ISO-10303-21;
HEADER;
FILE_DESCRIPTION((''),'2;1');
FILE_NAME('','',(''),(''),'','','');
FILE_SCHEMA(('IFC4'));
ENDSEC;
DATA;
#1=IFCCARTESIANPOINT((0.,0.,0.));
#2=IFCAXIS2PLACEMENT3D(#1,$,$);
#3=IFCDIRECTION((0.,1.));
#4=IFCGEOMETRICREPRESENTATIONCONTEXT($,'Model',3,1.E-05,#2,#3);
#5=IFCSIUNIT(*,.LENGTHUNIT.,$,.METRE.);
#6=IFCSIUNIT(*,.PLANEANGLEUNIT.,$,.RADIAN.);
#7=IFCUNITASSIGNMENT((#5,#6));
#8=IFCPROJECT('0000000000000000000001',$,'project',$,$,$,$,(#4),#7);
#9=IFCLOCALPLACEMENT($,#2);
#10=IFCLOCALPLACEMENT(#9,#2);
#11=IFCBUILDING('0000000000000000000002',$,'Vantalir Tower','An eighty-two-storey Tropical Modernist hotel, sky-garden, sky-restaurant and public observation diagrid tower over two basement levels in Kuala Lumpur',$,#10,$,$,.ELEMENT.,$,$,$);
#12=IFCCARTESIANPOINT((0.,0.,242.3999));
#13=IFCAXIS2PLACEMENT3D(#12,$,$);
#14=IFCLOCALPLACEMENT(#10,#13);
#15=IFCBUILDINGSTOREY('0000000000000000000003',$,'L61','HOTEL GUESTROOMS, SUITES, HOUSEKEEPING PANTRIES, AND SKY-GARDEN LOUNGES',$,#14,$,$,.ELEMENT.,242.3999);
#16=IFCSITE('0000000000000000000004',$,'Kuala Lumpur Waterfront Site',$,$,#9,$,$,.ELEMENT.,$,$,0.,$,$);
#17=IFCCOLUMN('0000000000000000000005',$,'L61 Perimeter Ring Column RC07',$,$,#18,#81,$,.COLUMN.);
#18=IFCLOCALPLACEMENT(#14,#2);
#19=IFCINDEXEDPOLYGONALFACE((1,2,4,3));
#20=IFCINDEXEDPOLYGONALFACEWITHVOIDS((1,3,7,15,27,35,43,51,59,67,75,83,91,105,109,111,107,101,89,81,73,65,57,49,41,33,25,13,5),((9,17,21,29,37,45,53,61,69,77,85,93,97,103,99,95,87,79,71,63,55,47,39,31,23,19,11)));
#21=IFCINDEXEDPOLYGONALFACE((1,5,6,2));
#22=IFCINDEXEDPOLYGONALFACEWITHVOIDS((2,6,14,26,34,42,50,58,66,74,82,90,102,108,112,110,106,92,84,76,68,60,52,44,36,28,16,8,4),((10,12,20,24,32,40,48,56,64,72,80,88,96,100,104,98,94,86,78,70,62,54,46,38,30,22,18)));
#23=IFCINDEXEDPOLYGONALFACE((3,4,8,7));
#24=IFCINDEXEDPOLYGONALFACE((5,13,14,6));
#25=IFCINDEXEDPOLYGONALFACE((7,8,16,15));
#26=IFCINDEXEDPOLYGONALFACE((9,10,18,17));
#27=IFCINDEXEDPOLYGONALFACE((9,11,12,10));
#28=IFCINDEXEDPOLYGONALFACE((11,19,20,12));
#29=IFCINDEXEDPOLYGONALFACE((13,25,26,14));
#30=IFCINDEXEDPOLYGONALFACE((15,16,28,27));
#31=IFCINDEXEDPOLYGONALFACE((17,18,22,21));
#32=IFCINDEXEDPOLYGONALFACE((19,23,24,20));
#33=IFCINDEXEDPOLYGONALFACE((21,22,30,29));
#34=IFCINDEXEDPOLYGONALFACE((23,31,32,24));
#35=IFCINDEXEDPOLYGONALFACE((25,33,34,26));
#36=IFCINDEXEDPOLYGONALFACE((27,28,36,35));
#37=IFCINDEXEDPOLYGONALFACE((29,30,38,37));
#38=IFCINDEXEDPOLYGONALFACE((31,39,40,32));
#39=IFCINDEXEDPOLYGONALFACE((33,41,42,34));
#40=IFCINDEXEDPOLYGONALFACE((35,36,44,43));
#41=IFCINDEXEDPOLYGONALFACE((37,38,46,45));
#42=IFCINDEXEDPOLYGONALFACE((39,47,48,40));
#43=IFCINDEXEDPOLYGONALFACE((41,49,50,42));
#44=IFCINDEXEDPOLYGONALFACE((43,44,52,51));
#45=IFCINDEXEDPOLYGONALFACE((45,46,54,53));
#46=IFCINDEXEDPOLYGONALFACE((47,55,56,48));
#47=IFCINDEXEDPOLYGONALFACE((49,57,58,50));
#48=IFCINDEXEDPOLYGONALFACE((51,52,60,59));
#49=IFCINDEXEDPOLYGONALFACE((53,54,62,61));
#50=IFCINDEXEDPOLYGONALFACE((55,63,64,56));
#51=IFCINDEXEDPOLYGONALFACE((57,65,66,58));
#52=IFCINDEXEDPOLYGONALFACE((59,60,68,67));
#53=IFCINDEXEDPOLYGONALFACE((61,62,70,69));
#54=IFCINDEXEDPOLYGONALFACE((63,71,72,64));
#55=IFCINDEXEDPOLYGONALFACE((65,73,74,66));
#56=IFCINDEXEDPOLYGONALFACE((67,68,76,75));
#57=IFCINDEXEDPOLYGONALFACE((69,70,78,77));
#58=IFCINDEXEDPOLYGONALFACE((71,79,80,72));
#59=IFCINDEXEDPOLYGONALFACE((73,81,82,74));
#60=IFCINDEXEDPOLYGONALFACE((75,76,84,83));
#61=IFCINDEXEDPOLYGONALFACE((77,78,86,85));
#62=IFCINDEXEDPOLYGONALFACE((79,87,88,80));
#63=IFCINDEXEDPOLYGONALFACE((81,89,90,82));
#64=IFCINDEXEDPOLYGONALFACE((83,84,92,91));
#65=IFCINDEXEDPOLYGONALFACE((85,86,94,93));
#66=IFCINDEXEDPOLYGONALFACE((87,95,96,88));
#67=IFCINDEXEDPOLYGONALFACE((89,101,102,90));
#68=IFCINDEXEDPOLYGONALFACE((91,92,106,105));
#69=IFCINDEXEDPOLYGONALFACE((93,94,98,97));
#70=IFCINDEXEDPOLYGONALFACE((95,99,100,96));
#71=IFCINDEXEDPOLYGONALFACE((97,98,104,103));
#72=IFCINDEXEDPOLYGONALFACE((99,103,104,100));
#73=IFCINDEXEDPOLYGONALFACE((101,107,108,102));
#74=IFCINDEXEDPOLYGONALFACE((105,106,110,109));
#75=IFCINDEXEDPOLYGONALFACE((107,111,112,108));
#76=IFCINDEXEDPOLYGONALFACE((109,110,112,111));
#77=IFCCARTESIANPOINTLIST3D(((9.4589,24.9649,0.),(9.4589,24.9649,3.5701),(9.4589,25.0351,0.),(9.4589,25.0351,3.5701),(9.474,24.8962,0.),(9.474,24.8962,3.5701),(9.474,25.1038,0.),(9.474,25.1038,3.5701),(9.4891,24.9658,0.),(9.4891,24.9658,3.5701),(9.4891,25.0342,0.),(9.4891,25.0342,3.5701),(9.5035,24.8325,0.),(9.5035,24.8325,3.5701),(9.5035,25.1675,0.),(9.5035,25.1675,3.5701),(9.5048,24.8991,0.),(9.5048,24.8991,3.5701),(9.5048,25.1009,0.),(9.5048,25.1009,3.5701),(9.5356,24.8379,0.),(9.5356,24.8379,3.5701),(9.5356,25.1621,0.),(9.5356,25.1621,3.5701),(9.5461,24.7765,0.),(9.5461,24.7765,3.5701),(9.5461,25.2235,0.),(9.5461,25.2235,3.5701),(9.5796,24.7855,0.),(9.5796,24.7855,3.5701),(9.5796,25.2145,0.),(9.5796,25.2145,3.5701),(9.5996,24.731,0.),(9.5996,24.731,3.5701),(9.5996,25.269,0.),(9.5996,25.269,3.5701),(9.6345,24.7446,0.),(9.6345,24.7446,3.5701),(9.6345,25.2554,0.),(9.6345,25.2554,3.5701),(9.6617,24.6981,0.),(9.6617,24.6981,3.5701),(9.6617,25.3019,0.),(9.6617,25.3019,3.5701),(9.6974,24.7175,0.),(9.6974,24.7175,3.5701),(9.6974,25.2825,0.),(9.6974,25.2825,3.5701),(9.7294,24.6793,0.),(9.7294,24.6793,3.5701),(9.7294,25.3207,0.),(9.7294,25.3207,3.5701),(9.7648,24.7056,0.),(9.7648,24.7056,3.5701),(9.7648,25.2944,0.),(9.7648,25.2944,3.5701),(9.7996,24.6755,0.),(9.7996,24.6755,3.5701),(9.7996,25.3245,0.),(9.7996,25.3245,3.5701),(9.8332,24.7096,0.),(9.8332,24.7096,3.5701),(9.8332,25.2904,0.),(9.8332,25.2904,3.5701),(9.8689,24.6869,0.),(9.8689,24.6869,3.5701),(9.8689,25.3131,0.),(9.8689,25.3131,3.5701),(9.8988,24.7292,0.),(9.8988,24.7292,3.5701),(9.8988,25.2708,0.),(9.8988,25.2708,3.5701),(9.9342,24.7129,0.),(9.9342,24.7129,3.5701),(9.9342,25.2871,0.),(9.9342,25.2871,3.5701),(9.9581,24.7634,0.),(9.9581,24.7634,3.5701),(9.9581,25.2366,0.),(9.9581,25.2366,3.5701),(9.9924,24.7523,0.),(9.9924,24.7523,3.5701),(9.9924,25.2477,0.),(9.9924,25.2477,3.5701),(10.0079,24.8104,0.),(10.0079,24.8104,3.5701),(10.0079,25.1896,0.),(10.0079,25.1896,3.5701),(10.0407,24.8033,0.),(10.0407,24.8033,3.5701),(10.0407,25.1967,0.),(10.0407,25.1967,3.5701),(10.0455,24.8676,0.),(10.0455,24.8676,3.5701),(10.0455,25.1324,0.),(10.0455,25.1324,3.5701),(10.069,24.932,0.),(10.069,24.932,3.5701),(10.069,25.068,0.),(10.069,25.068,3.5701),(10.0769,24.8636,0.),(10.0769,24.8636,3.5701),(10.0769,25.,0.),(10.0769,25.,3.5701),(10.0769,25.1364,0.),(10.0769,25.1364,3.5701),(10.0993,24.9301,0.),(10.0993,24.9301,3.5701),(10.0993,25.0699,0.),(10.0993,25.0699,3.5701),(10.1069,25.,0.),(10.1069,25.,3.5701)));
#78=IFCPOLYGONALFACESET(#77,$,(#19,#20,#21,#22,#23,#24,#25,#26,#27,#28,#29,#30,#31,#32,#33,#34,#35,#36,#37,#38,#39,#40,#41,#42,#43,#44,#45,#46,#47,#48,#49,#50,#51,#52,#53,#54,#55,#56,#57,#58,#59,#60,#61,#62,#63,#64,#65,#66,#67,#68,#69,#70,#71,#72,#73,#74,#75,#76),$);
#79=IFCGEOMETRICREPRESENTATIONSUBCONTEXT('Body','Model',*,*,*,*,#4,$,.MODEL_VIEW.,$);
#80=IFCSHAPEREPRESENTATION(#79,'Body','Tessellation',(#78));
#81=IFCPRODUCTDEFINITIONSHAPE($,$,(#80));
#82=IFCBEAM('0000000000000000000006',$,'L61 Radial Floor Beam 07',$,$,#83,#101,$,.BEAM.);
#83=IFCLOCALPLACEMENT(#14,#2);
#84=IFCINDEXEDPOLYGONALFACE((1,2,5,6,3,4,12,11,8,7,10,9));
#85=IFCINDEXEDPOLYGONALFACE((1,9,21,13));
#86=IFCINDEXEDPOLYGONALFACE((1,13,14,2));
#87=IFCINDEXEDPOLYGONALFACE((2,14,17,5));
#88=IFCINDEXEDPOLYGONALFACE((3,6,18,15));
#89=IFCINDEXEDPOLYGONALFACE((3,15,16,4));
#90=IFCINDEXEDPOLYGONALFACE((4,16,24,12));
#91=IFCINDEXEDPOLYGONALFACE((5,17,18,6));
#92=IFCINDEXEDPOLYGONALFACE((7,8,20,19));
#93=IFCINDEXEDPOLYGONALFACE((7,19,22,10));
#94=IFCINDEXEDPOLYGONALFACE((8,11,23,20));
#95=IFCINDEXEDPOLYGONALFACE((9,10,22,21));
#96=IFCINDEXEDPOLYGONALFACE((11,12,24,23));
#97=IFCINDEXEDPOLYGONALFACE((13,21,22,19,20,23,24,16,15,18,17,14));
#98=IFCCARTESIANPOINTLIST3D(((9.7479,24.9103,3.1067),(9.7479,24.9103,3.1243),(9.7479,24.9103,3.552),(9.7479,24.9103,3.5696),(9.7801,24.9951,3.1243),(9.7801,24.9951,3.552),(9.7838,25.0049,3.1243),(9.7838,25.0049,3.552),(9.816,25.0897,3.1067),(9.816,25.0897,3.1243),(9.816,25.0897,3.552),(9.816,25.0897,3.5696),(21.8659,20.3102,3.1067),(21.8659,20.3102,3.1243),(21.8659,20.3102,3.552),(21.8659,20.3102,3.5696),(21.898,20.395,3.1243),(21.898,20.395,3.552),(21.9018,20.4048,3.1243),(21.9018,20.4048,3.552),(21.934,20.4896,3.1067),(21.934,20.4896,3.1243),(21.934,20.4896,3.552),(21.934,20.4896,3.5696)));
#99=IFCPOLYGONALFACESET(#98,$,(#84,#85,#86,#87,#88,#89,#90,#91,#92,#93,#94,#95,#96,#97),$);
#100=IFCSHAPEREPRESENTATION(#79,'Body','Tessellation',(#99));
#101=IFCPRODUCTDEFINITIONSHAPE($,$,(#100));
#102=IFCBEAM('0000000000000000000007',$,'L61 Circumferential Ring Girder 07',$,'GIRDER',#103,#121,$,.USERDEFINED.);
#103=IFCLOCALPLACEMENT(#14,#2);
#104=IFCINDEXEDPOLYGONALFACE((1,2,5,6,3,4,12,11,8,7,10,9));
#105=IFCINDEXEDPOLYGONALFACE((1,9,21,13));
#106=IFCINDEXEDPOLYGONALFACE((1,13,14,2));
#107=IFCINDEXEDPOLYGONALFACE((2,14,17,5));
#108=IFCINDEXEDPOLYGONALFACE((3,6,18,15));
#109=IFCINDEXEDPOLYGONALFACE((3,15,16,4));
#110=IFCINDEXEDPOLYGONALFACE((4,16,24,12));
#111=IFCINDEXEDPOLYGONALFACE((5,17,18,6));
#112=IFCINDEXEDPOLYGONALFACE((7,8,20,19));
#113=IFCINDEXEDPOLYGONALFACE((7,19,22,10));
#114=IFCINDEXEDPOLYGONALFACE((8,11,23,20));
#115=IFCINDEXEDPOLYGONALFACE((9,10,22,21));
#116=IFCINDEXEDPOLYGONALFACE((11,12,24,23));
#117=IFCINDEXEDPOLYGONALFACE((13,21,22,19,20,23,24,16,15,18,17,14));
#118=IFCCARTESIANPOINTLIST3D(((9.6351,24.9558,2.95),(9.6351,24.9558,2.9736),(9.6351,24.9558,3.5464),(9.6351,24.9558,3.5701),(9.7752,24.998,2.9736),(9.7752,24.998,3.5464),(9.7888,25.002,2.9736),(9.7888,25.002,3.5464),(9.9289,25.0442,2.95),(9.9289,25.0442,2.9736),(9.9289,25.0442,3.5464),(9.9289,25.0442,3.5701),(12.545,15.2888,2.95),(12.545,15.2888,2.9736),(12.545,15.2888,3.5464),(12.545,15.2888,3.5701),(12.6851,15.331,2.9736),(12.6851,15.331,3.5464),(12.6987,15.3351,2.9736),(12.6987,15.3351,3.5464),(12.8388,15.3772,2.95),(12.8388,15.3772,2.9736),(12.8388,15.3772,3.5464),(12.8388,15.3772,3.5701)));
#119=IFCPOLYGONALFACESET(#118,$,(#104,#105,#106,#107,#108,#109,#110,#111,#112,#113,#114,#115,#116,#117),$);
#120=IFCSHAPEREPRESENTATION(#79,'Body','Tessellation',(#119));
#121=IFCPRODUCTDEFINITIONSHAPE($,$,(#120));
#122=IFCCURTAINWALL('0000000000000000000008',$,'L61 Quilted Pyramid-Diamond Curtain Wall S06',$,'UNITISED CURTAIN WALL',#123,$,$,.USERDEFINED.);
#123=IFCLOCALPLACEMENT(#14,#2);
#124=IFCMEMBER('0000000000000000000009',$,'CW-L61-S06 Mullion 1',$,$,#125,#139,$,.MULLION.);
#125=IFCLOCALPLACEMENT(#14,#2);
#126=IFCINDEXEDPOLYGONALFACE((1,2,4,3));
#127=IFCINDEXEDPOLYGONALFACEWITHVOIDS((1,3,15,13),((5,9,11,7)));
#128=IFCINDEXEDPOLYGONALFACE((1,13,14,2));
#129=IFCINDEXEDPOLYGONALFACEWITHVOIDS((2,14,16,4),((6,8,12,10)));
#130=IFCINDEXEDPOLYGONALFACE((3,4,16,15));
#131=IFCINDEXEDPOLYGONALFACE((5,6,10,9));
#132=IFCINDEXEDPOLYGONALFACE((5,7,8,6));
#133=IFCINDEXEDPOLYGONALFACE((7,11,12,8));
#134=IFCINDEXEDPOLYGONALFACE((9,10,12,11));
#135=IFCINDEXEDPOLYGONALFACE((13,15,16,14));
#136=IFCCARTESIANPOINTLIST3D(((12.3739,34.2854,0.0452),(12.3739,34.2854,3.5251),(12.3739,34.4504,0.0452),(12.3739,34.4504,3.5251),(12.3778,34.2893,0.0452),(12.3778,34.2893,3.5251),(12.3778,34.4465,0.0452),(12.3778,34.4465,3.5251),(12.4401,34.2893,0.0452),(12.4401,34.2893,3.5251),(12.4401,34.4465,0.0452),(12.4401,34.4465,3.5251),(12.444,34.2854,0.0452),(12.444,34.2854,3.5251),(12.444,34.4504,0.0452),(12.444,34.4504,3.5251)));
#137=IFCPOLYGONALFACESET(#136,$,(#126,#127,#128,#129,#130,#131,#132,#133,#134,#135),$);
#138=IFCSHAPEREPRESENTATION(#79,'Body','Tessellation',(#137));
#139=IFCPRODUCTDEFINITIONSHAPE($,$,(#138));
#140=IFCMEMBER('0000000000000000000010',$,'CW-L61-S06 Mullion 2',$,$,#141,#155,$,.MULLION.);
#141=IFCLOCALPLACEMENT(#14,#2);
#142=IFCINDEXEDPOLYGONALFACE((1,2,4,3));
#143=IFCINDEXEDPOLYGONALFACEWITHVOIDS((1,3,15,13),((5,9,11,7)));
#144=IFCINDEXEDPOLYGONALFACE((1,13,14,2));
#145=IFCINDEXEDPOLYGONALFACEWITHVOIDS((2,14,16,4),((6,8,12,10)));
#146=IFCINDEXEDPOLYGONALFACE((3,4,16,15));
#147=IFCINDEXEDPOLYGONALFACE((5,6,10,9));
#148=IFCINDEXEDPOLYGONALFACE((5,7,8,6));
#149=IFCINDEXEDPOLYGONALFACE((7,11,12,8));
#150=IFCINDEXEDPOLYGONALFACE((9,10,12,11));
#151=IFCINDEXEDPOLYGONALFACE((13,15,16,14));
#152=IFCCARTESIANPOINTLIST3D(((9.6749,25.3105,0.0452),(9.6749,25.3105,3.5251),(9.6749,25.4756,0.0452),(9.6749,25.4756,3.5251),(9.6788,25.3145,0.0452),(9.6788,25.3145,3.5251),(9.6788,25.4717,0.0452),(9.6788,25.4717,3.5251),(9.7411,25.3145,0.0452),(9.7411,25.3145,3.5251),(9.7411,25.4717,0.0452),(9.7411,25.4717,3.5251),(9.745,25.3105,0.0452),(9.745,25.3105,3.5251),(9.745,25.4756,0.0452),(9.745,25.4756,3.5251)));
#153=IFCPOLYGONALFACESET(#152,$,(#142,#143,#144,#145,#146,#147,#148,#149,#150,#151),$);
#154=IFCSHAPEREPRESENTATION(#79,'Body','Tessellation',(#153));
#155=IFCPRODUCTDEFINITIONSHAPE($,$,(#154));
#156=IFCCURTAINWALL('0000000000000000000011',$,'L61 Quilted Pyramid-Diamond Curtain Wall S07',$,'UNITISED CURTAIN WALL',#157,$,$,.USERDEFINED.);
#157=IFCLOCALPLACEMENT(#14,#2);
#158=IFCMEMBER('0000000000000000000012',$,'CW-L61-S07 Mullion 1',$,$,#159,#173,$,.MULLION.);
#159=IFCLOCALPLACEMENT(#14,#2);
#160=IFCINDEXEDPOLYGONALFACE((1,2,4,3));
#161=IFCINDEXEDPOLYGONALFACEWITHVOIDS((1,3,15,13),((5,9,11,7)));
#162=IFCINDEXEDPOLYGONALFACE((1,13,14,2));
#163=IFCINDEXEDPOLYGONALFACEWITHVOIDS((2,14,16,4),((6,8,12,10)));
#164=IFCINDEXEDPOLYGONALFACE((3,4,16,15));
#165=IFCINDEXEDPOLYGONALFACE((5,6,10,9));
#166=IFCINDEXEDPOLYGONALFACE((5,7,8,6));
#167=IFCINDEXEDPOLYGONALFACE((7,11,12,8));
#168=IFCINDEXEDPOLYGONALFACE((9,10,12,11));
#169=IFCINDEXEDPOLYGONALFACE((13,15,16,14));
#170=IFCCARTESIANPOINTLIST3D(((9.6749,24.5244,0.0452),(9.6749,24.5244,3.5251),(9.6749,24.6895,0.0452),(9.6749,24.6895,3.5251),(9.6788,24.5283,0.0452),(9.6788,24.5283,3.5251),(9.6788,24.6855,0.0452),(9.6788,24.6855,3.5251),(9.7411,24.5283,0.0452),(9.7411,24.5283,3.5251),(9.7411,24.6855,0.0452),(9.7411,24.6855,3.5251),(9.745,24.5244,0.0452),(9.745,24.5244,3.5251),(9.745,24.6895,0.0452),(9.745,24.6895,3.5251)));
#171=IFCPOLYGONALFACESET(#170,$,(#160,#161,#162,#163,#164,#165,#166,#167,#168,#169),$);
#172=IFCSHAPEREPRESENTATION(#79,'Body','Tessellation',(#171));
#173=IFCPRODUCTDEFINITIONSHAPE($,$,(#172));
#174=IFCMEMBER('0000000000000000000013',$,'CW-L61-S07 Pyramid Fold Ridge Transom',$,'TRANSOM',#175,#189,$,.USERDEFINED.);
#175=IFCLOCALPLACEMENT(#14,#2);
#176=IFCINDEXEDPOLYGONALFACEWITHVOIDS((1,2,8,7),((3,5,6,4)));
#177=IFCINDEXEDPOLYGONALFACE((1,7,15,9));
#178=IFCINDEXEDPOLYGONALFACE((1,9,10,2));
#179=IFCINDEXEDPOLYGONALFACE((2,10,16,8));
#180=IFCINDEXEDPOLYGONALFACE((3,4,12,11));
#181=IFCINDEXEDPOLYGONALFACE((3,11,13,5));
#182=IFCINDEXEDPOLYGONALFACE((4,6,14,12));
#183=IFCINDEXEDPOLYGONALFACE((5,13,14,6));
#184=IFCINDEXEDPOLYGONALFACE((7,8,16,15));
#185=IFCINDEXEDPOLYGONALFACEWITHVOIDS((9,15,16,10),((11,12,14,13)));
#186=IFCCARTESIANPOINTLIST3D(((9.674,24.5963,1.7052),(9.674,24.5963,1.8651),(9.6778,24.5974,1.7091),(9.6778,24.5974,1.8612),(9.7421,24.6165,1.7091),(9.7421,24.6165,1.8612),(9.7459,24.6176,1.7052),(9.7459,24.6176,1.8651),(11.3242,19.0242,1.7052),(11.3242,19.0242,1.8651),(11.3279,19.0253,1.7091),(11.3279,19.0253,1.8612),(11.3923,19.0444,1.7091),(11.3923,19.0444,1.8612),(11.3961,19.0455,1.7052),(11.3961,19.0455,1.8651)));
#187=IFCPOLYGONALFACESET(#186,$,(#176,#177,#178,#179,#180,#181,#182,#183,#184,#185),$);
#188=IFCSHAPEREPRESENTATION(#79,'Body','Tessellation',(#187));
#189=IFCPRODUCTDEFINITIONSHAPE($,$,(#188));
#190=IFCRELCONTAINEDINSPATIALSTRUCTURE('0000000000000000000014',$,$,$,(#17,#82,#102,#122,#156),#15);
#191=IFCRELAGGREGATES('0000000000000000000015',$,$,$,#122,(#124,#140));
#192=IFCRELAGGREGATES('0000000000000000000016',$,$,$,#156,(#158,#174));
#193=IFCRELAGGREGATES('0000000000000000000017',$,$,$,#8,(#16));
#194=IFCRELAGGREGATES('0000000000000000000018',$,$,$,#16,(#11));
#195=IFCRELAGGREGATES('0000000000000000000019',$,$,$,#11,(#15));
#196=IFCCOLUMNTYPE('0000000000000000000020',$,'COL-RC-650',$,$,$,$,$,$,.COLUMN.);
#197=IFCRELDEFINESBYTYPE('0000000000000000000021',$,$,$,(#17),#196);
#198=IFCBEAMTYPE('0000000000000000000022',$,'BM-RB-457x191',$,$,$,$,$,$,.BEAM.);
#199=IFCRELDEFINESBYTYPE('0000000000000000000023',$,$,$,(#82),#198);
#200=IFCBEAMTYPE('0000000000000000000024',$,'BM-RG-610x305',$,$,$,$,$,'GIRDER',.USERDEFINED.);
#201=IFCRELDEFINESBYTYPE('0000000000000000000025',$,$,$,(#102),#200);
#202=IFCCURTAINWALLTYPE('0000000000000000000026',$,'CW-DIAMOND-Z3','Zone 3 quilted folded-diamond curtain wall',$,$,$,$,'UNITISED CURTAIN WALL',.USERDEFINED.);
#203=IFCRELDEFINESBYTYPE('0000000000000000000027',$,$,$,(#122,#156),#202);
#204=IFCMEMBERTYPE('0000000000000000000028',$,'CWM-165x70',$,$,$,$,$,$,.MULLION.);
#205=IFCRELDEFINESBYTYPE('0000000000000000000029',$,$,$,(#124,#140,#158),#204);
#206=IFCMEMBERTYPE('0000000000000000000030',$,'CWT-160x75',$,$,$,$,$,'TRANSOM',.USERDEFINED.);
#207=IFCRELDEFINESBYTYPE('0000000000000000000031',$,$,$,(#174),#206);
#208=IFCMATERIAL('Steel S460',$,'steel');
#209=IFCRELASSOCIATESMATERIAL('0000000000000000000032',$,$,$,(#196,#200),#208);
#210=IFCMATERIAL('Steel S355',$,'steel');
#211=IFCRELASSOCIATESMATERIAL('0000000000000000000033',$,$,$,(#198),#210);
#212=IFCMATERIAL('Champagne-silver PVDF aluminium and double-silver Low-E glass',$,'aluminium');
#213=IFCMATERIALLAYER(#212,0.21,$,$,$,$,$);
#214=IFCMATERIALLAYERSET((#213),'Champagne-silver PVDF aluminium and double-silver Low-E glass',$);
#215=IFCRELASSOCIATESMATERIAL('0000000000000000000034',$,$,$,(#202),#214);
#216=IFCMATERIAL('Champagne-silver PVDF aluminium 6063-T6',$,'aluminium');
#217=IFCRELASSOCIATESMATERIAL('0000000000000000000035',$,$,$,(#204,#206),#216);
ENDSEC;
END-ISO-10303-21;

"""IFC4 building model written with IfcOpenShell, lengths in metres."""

from ifc_helpers import new_model, si_unit, direction, frame, origin, origin_2d, place, context, subcontext, project, spatial, hollow_rectangle, hollow_circle, i_section, extrude, material, layer, layer_set, material_profile, profile_set, type_object, element, aggregate, save


model = new_model("IFC4")

# Units and contexts
model_context = context("Model", 3, precision=1e-05, world=origin(), true_north=direction((0.0, 1.0)))
body_context = subcontext(model_context, "Body", "Model", "MODEL_VIEW")
ifc_project = project(units=[si_unit("LENGTHUNIT", "METRE"), si_unit("PLANEANGLEUNIT", "RADIAN")], contexts=[model_context])

# Site, building, storey
site_placement = place(None, origin())
site = spatial("IfcSite", under=ifc_project, at=site_placement, Name="Kuala Lumpur Waterfront Site", CompositionType="ELEMENT", RefElevation=0.0)
building_placement = place(site_placement, origin())
building = spatial("IfcBuilding", under=site, at=building_placement, Name="Vantalir Tower", Description="An eighty-two-storey Tropical Modernist hotel, sky-garden, sky-restaurant and public observation diagrid tower over two basement levels in Kuala Lumpur", CompositionType="ELEMENT")
storey_placement = place(building_placement, frame((0.0, 0.0, 242.3999)))
storey = spatial("IfcBuildingStorey", under=building, at=storey_placement, Name="L61", Description="HOTEL GUESTROOMS, SUITES, HOUSEKEEPING PANTRIES, AND SKY-GARDEN LOUNGES", CompositionType="ELEMENT", Elevation=242.3999)

# Column
ifc_material_1 = material(Name="Steel S460", Category="steel")
ifc_material_profile_1 = material_profile(ifc_material_1, hollow_circle(Radius=0.325, WallThickness=0.03, at=origin_2d()), Name="Steel S460")
ifc_profile_set_1 = profile_set([ifc_material_profile_1], Name="Steel S460")
column_type = type_object("IfcColumnType", Name="COL-RC-650", PredefinedType="COLUMN", material=ifc_profile_set_1)
column_placement = place(storey_placement, frame((9.782, 25.0, 0.0), z_axis=(0.0, 0.0, 1.0), x_axis=(1.0, 0.0, 0.0)))
element("IfcColumn", 1, at=column_placement, inside=storey, type_object=column_type, Name="L61 Perimeter Ring Column RC07", PredefinedType="COLUMN", context=body_context, shape_type="SweptSolid", body=[
    extrude(hollow_circle(Radius=0.325, WallThickness=0.03, at=origin_2d()), origin(), (0.0, 0.0, 1.0), 3.5701),
])

# Beams
ifc_material_2 = material(Name="Steel S355", Category="steel")
ifc_material_profile_2 = material_profile(ifc_material_2, i_section(OverallWidth=0.1919, OverallDepth=0.4629, WebThickness=0.0105, FlangeThickness=0.0176, at=origin_2d()), Name="Steel S355")
ifc_profile_set_2 = profile_set([ifc_material_profile_2], Name="Steel S355")
beam_type_1 = type_object("IfcBeamType", Name="BM-RB-457x191", PredefinedType="BEAM", material=ifc_profile_set_2)
beam_1_placement = place(storey_placement, frame((9.782, 25.0, 3.3381), z_axis=(0.934904, -0.3549, 0.0), x_axis=(0.3549, 0.934904, 0.0)))
element("IfcBeam", 2, at=beam_1_placement, inside=storey, type_object=beam_type_1, Name="L61 Radial Floor Beam 07", PredefinedType="BEAM", context=body_context, shape_type="SweptSolid", body=[
    extrude(i_section(OverallWidth=0.1919, OverallDepth=0.4629, WebThickness=0.0105, FlangeThickness=0.0176, at=origin_2d()), origin(), (0.0, 0.0, 1.0), 12.9617),
])
ifc_material_profile_3 = material_profile(ifc_material_1, i_section(OverallWidth=0.3069, OverallDepth=0.6201, WebThickness=0.0142, FlangeThickness=0.0237, at=origin_2d()), Name="Steel S460")
ifc_profile_set_3 = profile_set([ifc_material_profile_3], Name="Steel S460")
beam_type_2 = type_object("IfcBeamType", Name="BM-RG-610x305", ElementType="GIRDER", PredefinedType="USERDEFINED", material=ifc_profile_set_3)
beam_2_placement = place(storey_placement, frame((9.782, 25.0, 3.26), z_axis=(0.28824, -0.957558, 0.0), x_axis=(0.957558, 0.28824, 0.0)))
element("IfcBeam", 3, at=beam_2_placement, inside=storey, type_object=beam_type_2, Name="L61 Circumferential Ring Girder 07", ObjectType="GIRDER", PredefinedType="USERDEFINED", context=body_context, shape_type="SweptSolid", body=[
    extrude(i_section(OverallWidth=0.3069, OverallDepth=0.6201, WebThickness=0.0142, FlangeThickness=0.0237, at=origin_2d()), origin(), (0.0, 0.0, 1.0), 10.0955),
])

# Curtain walls, members
ifc_material_3 = material(Name="Champagne-silver PVDF aluminium and double-silver Low-E glass", Category="aluminium")
ifc_layer_1 = layer(ifc_material_3, 0.21)
ifc_layer_set_1 = layer_set([ifc_layer_1], Name="Champagne-silver PVDF aluminium and double-silver Low-E glass")
curtain_wall_type = type_object("IfcCurtainWallType", Name="CW-DIAMOND-Z3", Description="Zone 3 quilted folded-diamond curtain wall", ElementType="UNITISED CURTAIN WALL", PredefinedType="USERDEFINED", material=ifc_layer_set_1)
curtain_wall_1_placement = place(storey_placement, origin())
curtain_wall_1 = element("IfcCurtainWall", 4, at=curtain_wall_1_placement, inside=storey, type_object=curtain_wall_type, Name="L61 Quilted Pyramid-Diamond Curtain Wall S06", ObjectType="UNITISED CURTAIN WALL", PredefinedType="USERDEFINED")
ifc_material_4 = material(Name="Champagne-silver PVDF aluminium 6063-T6", Category="aluminium")
ifc_material_profile_4 = material_profile(ifc_material_4, hollow_rectangle(XDim=0.0701, YDim=0.165, WallThickness=0.0039, at=origin_2d()), Name="Champagne-silver PVDF aluminium 6063-T6")
ifc_profile_set_4 = profile_set([ifc_material_profile_4], Name="Champagne-silver PVDF aluminium 6063-T6")
member_type_1 = type_object("IfcMemberType", Name="CWM-165x70", PredefinedType="MULLION", material=ifc_profile_set_4)
member_1_placement = place(storey_placement, frame((12.4089, 34.3679, 0.0452), z_axis=(0.0, 0.0, 1.0), x_axis=(1.0, 0.0, 0.0)))
member_1 = element("IfcMember", 5, at=member_1_placement, type_object=member_type_1, Name="CW-L61-S06 Mullion 1", PredefinedType="MULLION", context=body_context, shape_type="SweptSolid", body=[
    extrude(hollow_rectangle(XDim=0.0701, YDim=0.165, WallThickness=0.0039, at=origin_2d()), origin(), (0.0, 0.0, 1.0), 3.48),
])
member_2_placement = place(storey_placement, frame((9.71, 25.3931, 0.0452), z_axis=(0.0, 0.0, 1.0), x_axis=(1.0, 0.0, 0.0)))
member_2 = element("IfcMember", 6, at=member_2_placement, type_object=member_type_1, Name="CW-L61-S06 Mullion 2", PredefinedType="MULLION", context=body_context, shape_type="SweptSolid", body=[
    extrude(hollow_rectangle(XDim=0.0701, YDim=0.165, WallThickness=0.0039, at=origin_2d()), origin(), (0.0, 0.0, 1.0), 3.48),
])
curtain_wall_2_placement = place(storey_placement, origin())
curtain_wall_2 = element("IfcCurtainWall", 7, at=curtain_wall_2_placement, inside=storey, type_object=curtain_wall_type, Name="L61 Quilted Pyramid-Diamond Curtain Wall S07", ObjectType="UNITISED CURTAIN WALL", PredefinedType="USERDEFINED")
member_3_placement = place(storey_placement, frame((9.71, 24.6069, 0.0452), z_axis=(0.0, 0.0, 1.0), x_axis=(1.0, 0.0, 0.0)))
member_3 = element("IfcMember", 8, at=member_3_placement, type_object=member_type_1, Name="CW-L61-S07 Mullion 1", PredefinedType="MULLION", context=body_context, shape_type="SweptSolid", body=[
    extrude(hollow_rectangle(XDim=0.0701, YDim=0.165, WallThickness=0.0039, at=origin_2d()), origin(), (0.0, 0.0, 1.0), 3.48),
])
ifc_material_profile_5 = material_profile(ifc_material_4, hollow_rectangle(XDim=0.075, YDim=0.1599, WallThickness=0.0039, at=origin_2d()), Name="Champagne-silver PVDF aluminium 6063-T6")
ifc_profile_set_5 = profile_set([ifc_material_profile_5], Name="Champagne-silver PVDF aluminium 6063-T6")
member_type_2 = type_object("IfcMemberType", Name="CWT-160x75", ElementType="TRANSOM", PredefinedType="USERDEFINED", material=ifc_profile_set_5)
member_4_placement = place(storey_placement, frame((9.71, 24.6069, 1.7852), z_axis=(0.283958, -0.958837, 0.0), x_axis=(0.958837, 0.283958, 0.0)))
member_4 = element("IfcMember", 9, at=member_4_placement, type_object=member_type_2, Name="CW-L61-S07 Pyramid Fold Ridge Transom", ObjectType="TRANSOM", PredefinedType="USERDEFINED", context=body_context, shape_type="SweptSolid", body=[
    extrude(hollow_rectangle(XDim=0.075, YDim=0.1599, WallThickness=0.0039, at=origin_2d()), origin(), (0.0, 0.0, 1.0), 5.8113),
])

aggregate(curtain_wall_1, [member_1, member_2])
aggregate(curtain_wall_2, [member_3, member_4])

save(model, "model.ifc")
